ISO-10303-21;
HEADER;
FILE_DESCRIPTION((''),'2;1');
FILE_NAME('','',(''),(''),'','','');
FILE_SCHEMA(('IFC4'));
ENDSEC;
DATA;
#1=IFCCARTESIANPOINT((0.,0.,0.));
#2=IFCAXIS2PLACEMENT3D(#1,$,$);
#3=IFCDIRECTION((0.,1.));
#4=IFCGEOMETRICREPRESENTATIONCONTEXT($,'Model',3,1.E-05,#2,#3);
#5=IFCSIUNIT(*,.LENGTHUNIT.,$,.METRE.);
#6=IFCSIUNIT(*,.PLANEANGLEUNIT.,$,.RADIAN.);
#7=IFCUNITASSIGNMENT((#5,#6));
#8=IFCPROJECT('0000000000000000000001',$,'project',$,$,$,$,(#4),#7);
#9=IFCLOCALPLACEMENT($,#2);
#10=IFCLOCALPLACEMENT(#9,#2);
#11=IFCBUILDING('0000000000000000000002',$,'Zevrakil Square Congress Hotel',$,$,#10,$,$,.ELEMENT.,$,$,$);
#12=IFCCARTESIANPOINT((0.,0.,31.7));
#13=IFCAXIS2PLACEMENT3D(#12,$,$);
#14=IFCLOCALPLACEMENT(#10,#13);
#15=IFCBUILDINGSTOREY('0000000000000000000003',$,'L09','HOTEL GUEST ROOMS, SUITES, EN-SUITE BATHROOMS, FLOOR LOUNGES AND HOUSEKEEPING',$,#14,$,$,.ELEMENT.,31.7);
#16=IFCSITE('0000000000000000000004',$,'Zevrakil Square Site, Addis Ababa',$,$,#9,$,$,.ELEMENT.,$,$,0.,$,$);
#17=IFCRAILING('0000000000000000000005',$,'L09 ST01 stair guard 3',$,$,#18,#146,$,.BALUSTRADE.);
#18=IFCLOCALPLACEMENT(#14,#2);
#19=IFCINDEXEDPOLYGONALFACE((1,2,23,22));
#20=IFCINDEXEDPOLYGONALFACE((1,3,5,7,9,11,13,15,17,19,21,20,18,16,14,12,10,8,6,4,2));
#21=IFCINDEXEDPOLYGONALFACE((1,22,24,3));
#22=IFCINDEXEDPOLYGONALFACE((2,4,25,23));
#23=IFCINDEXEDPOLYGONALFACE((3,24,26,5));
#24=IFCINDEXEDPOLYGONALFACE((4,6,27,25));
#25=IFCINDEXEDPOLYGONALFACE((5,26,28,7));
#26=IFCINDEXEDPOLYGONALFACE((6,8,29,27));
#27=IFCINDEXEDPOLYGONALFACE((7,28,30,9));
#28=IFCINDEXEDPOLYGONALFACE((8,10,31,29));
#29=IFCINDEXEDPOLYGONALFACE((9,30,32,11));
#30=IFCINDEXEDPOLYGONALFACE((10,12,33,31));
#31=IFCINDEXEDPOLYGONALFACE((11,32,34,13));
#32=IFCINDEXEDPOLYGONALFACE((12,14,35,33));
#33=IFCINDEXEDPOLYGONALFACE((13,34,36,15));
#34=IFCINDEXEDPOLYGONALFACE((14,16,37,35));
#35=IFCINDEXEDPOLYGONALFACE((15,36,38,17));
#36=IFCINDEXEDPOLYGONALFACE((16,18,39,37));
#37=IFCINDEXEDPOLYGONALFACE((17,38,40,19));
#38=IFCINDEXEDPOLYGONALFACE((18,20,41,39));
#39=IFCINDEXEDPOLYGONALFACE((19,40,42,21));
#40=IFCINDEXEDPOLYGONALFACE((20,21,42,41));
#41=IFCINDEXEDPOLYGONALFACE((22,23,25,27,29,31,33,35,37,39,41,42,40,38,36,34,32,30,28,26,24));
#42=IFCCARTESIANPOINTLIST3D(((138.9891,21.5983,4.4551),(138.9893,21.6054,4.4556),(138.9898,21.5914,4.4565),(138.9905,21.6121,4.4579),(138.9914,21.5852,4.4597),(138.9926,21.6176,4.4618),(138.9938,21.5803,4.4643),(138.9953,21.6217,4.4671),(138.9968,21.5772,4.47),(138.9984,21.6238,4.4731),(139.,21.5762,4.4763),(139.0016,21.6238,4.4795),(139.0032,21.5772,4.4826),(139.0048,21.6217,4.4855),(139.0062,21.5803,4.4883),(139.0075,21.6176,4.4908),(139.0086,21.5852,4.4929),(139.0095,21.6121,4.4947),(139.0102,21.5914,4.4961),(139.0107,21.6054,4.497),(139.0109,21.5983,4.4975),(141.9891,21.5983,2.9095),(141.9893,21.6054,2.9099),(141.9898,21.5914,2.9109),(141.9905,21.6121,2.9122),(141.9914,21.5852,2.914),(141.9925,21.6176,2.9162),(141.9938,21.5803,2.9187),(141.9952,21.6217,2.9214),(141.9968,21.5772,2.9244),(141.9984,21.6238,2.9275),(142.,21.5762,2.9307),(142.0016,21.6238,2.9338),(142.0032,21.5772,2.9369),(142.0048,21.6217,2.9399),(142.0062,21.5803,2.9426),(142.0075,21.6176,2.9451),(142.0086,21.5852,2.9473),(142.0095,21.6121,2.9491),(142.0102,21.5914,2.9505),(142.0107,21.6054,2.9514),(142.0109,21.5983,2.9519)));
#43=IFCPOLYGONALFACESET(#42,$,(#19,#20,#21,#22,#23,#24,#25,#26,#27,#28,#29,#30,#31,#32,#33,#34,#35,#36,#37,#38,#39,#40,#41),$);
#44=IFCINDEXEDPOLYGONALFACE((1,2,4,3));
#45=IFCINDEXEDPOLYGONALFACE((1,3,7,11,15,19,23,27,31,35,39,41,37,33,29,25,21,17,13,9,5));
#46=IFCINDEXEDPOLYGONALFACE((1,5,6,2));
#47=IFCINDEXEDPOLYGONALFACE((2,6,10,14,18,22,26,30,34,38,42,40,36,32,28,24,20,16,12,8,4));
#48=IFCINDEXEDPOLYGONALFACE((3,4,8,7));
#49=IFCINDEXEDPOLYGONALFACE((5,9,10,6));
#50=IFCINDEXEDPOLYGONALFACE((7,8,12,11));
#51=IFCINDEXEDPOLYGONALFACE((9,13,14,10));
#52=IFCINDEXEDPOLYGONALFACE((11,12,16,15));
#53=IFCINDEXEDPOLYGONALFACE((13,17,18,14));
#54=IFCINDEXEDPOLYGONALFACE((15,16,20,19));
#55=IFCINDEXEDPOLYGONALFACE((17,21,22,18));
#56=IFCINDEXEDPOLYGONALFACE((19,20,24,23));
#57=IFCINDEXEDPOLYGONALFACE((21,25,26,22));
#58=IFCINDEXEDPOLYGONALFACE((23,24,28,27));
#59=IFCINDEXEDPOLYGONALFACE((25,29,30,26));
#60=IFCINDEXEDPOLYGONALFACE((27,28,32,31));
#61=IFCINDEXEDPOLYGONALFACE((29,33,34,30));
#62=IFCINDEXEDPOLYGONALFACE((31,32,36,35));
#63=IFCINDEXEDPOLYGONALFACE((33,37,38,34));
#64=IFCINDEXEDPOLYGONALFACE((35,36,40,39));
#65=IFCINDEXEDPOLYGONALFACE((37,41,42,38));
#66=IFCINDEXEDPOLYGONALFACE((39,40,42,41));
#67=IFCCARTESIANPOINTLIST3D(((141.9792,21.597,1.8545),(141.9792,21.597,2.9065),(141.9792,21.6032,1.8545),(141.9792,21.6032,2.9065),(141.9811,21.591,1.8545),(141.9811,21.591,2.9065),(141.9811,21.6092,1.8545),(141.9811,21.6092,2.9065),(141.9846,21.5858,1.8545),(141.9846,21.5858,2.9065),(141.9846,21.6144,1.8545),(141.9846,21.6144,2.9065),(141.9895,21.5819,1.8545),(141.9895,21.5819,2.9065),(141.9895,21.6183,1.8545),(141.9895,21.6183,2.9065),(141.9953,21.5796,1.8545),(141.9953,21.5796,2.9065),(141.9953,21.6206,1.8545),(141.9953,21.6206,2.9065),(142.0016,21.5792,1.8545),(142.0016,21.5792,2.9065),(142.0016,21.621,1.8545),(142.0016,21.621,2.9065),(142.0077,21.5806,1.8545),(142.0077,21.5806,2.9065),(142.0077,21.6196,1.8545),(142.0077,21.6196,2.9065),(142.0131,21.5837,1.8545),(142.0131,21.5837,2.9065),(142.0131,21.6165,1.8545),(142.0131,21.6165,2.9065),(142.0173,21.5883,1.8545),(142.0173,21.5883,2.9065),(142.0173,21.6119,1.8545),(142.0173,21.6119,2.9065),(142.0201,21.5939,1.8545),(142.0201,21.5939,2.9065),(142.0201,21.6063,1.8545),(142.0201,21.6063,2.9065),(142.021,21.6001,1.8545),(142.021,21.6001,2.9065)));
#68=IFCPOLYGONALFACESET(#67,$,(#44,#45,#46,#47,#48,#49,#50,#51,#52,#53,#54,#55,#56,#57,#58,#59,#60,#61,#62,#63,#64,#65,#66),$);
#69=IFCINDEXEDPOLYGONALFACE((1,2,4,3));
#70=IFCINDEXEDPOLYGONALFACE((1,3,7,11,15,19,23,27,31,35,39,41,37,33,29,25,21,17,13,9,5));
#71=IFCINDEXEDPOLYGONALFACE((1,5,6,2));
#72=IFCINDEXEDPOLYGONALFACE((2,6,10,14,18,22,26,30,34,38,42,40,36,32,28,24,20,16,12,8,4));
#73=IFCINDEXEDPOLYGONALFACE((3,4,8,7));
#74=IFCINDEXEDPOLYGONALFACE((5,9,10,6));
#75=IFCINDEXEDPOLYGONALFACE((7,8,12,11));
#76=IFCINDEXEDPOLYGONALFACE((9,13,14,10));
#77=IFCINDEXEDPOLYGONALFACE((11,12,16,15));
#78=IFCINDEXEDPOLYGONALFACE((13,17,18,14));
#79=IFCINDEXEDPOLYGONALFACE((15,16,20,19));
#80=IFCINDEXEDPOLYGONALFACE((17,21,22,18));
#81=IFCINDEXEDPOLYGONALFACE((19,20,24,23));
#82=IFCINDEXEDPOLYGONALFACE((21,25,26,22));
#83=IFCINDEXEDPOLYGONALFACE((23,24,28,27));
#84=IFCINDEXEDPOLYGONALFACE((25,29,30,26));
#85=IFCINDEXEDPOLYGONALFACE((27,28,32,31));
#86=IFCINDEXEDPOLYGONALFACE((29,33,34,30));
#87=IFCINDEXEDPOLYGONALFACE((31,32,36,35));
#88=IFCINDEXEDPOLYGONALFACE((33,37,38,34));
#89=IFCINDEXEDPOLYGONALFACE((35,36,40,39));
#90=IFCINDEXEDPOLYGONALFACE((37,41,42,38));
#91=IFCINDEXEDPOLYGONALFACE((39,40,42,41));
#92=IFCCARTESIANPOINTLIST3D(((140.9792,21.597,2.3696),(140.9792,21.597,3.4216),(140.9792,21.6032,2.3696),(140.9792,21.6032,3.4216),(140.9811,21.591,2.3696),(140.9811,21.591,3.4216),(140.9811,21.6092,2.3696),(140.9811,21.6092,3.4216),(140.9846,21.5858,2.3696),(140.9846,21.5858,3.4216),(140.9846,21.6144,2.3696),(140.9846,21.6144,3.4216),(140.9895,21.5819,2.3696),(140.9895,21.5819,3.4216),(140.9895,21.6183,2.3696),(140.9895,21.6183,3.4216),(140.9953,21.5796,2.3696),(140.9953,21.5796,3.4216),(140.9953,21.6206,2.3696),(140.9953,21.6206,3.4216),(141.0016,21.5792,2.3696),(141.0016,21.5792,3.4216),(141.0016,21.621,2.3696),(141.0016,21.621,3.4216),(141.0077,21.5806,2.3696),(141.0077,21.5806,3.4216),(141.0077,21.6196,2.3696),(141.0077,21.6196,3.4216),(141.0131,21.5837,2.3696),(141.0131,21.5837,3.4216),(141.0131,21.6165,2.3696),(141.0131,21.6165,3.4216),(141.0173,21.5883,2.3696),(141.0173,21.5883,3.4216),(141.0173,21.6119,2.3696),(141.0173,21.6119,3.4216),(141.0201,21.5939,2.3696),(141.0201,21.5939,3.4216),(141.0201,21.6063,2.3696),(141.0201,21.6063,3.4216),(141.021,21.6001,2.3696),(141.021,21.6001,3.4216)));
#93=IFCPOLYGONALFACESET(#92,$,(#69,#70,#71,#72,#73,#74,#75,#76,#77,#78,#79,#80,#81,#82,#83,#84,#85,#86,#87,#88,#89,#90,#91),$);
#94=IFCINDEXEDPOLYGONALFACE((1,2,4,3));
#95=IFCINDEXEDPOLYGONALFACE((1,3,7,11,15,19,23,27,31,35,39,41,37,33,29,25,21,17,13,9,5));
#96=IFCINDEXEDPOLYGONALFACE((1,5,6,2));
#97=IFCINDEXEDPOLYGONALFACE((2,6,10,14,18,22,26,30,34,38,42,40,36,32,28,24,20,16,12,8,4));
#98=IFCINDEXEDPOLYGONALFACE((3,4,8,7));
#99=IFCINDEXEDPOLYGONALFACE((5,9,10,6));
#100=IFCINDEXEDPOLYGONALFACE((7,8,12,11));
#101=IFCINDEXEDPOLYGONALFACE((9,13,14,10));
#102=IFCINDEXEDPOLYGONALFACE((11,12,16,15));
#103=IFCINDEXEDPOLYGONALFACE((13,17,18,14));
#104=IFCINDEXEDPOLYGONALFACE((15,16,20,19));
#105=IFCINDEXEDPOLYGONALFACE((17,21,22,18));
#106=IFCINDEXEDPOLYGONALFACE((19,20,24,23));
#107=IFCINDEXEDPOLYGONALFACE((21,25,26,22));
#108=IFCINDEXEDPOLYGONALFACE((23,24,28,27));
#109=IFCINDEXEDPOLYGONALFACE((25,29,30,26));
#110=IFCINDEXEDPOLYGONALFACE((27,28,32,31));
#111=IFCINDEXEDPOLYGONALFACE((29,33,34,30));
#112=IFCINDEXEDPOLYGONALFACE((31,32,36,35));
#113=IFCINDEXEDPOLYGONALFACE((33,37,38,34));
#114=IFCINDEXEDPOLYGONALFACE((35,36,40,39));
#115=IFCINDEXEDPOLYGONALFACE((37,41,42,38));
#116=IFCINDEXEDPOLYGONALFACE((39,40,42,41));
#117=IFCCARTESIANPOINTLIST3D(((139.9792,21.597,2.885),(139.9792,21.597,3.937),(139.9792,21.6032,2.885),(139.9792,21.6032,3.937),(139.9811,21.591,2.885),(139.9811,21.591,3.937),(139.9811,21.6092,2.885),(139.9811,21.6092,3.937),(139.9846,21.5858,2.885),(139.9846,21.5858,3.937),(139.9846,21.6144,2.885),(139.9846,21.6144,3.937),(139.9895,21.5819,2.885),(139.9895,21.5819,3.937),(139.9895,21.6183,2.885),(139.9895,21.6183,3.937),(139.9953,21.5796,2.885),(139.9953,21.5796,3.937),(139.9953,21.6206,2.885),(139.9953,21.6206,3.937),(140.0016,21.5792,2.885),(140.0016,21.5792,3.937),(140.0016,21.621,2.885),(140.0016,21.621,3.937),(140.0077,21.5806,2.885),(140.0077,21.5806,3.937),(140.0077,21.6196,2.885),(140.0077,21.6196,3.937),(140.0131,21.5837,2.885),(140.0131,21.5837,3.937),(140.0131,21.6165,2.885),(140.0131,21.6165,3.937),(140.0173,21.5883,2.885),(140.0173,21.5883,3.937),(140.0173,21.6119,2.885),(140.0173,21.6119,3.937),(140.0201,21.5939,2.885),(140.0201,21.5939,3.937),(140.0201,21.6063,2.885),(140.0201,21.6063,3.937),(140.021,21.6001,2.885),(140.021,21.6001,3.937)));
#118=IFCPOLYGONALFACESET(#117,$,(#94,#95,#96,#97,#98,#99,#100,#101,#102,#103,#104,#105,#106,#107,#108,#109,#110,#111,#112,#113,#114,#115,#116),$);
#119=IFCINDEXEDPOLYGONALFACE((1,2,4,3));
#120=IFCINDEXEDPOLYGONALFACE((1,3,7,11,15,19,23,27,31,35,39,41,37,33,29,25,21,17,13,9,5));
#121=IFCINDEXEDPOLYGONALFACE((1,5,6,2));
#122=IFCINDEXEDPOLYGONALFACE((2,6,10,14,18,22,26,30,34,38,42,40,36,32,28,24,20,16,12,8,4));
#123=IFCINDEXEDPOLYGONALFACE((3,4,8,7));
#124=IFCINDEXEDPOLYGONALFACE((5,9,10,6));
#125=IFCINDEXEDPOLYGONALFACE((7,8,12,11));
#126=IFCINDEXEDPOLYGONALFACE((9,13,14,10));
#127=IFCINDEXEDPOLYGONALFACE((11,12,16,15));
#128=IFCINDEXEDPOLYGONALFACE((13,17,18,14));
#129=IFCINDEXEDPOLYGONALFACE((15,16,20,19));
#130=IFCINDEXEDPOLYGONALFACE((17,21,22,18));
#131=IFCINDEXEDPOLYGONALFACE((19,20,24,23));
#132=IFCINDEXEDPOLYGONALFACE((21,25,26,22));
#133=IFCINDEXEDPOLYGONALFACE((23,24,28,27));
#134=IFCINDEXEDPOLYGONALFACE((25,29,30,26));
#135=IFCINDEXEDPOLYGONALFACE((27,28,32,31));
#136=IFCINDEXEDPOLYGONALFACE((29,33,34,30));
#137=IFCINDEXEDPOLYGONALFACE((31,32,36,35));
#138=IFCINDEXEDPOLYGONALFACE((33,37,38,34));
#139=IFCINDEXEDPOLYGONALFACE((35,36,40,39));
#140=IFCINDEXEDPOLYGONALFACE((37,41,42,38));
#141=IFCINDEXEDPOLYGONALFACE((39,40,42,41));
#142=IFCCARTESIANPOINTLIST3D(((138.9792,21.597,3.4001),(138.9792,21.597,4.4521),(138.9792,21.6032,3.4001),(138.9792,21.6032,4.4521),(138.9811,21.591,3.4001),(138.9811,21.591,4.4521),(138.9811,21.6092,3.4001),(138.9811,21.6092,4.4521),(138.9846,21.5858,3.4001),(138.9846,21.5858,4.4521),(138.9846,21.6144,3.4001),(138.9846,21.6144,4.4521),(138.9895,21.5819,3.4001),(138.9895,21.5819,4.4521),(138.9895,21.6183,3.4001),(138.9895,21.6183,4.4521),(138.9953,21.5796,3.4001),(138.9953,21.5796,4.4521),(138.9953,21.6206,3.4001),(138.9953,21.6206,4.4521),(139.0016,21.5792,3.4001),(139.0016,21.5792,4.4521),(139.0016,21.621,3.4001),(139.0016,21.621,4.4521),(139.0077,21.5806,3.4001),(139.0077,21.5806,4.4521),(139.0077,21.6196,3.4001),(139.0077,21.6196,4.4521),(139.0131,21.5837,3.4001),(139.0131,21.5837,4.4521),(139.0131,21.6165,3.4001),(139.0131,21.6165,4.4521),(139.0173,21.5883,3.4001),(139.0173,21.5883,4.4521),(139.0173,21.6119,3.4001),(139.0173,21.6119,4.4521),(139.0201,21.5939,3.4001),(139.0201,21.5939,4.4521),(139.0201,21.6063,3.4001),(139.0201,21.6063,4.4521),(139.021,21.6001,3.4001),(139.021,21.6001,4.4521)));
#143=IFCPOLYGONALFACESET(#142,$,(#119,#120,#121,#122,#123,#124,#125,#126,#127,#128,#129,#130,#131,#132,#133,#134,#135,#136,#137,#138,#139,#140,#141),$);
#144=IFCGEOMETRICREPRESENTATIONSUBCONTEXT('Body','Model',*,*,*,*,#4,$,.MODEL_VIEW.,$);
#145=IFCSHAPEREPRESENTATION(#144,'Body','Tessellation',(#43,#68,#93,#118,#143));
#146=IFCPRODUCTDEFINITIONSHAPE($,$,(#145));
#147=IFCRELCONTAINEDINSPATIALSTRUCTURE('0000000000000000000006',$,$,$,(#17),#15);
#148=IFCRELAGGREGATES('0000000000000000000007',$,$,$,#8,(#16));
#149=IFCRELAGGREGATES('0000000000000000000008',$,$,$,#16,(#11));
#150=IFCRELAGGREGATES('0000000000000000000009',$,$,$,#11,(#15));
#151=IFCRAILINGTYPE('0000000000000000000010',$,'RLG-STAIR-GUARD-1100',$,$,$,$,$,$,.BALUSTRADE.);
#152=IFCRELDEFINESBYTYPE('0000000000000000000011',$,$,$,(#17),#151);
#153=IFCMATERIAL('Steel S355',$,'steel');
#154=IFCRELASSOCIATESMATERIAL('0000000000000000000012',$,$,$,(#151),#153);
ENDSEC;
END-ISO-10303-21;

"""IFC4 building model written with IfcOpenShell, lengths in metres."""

from ifc_helpers import new_model, si_unit, direction, frame, origin, origin_2d, place, context, subcontext, project, spatial, circle, extrude, material, type_object, element, save


model = new_model("IFC4")

# Units and contexts
model_context = context("Model", 3, precision=1e-05, world=origin(), true_north=direction((0.0, 1.0)))
body_context = subcontext(model_context, "Body", "Model", "MODEL_VIEW")
ifc_project = project(units=[si_unit("LENGTHUNIT", "METRE"), si_unit("PLANEANGLEUNIT", "RADIAN")], contexts=[model_context])

# Site, building, storey
site_placement = place(None, origin())
site = spatial("IfcSite", under=ifc_project, at=site_placement, Name="Zevrakil Square Site, Addis Ababa", CompositionType="ELEMENT", RefElevation=0.0)
building_placement = place(site_placement, origin())
building = spatial("IfcBuilding", under=site, at=building_placement, Name="Zevrakil Square Congress Hotel", CompositionType="ELEMENT")
storey_placement = place(building_placement, frame((0.0, 0.0, 31.7)))
storey = spatial("IfcBuildingStorey", under=building, at=storey_placement, Name="L09", Description="HOTEL GUEST ROOMS, SUITES, EN-SUITE BATHROOMS, FLOOR LOUNGES AND HOUSEKEEPING", CompositionType="ELEMENT", Elevation=31.7)

# Railing
ifc_material_1 = material(Name="Steel S355", Category="steel")
railing_type_1 = type_object("IfcRailingType", Name="RLG-STAIR-GUARD-1100", PredefinedType="BALUSTRADE", material=ifc_material_1)
railing_1_placement = place(storey_placement, frame((142.0, 21.6001, 1.8545)))
element("IfcRailing", 1, at=railing_1_placement, inside=storey, type_object=railing_type_1, Name="L09 ST01 stair guard 3", PredefinedType="BALUSTRADE", context=body_context, shape_type="SweptSolid", body=[
    extrude(circle(Radius=0.0239, at=origin_2d()), frame((0.0, 0.0, 1.0762), z_axis=(-0.88895, 0.0, 0.458003), x_axis=(0.0, -1.0, 0.0)), (0.0, 0.0, 1.0), 3.3748),
    extrude(circle(Radius=0.021, at=origin_2d()), origin(), (0.0, 0.0, 1.0), 1.052),
    extrude(circle(Radius=0.021, at=origin_2d()), frame((-1.0, 0.0, 0.5151)), (0.0, 0.0, 1.0), 1.052),
    extrude(circle(Radius=0.021, at=origin_2d()), frame((-2.0, 0.0, 1.0305)), (0.0, 0.0, 1.0), 1.052),
    extrude(circle(Radius=0.021, at=origin_2d()), frame((-3.0, 0.0, 1.5457)), (0.0, 0.0, 1.0), 1.052),
])

save(model, "model.ifc")
